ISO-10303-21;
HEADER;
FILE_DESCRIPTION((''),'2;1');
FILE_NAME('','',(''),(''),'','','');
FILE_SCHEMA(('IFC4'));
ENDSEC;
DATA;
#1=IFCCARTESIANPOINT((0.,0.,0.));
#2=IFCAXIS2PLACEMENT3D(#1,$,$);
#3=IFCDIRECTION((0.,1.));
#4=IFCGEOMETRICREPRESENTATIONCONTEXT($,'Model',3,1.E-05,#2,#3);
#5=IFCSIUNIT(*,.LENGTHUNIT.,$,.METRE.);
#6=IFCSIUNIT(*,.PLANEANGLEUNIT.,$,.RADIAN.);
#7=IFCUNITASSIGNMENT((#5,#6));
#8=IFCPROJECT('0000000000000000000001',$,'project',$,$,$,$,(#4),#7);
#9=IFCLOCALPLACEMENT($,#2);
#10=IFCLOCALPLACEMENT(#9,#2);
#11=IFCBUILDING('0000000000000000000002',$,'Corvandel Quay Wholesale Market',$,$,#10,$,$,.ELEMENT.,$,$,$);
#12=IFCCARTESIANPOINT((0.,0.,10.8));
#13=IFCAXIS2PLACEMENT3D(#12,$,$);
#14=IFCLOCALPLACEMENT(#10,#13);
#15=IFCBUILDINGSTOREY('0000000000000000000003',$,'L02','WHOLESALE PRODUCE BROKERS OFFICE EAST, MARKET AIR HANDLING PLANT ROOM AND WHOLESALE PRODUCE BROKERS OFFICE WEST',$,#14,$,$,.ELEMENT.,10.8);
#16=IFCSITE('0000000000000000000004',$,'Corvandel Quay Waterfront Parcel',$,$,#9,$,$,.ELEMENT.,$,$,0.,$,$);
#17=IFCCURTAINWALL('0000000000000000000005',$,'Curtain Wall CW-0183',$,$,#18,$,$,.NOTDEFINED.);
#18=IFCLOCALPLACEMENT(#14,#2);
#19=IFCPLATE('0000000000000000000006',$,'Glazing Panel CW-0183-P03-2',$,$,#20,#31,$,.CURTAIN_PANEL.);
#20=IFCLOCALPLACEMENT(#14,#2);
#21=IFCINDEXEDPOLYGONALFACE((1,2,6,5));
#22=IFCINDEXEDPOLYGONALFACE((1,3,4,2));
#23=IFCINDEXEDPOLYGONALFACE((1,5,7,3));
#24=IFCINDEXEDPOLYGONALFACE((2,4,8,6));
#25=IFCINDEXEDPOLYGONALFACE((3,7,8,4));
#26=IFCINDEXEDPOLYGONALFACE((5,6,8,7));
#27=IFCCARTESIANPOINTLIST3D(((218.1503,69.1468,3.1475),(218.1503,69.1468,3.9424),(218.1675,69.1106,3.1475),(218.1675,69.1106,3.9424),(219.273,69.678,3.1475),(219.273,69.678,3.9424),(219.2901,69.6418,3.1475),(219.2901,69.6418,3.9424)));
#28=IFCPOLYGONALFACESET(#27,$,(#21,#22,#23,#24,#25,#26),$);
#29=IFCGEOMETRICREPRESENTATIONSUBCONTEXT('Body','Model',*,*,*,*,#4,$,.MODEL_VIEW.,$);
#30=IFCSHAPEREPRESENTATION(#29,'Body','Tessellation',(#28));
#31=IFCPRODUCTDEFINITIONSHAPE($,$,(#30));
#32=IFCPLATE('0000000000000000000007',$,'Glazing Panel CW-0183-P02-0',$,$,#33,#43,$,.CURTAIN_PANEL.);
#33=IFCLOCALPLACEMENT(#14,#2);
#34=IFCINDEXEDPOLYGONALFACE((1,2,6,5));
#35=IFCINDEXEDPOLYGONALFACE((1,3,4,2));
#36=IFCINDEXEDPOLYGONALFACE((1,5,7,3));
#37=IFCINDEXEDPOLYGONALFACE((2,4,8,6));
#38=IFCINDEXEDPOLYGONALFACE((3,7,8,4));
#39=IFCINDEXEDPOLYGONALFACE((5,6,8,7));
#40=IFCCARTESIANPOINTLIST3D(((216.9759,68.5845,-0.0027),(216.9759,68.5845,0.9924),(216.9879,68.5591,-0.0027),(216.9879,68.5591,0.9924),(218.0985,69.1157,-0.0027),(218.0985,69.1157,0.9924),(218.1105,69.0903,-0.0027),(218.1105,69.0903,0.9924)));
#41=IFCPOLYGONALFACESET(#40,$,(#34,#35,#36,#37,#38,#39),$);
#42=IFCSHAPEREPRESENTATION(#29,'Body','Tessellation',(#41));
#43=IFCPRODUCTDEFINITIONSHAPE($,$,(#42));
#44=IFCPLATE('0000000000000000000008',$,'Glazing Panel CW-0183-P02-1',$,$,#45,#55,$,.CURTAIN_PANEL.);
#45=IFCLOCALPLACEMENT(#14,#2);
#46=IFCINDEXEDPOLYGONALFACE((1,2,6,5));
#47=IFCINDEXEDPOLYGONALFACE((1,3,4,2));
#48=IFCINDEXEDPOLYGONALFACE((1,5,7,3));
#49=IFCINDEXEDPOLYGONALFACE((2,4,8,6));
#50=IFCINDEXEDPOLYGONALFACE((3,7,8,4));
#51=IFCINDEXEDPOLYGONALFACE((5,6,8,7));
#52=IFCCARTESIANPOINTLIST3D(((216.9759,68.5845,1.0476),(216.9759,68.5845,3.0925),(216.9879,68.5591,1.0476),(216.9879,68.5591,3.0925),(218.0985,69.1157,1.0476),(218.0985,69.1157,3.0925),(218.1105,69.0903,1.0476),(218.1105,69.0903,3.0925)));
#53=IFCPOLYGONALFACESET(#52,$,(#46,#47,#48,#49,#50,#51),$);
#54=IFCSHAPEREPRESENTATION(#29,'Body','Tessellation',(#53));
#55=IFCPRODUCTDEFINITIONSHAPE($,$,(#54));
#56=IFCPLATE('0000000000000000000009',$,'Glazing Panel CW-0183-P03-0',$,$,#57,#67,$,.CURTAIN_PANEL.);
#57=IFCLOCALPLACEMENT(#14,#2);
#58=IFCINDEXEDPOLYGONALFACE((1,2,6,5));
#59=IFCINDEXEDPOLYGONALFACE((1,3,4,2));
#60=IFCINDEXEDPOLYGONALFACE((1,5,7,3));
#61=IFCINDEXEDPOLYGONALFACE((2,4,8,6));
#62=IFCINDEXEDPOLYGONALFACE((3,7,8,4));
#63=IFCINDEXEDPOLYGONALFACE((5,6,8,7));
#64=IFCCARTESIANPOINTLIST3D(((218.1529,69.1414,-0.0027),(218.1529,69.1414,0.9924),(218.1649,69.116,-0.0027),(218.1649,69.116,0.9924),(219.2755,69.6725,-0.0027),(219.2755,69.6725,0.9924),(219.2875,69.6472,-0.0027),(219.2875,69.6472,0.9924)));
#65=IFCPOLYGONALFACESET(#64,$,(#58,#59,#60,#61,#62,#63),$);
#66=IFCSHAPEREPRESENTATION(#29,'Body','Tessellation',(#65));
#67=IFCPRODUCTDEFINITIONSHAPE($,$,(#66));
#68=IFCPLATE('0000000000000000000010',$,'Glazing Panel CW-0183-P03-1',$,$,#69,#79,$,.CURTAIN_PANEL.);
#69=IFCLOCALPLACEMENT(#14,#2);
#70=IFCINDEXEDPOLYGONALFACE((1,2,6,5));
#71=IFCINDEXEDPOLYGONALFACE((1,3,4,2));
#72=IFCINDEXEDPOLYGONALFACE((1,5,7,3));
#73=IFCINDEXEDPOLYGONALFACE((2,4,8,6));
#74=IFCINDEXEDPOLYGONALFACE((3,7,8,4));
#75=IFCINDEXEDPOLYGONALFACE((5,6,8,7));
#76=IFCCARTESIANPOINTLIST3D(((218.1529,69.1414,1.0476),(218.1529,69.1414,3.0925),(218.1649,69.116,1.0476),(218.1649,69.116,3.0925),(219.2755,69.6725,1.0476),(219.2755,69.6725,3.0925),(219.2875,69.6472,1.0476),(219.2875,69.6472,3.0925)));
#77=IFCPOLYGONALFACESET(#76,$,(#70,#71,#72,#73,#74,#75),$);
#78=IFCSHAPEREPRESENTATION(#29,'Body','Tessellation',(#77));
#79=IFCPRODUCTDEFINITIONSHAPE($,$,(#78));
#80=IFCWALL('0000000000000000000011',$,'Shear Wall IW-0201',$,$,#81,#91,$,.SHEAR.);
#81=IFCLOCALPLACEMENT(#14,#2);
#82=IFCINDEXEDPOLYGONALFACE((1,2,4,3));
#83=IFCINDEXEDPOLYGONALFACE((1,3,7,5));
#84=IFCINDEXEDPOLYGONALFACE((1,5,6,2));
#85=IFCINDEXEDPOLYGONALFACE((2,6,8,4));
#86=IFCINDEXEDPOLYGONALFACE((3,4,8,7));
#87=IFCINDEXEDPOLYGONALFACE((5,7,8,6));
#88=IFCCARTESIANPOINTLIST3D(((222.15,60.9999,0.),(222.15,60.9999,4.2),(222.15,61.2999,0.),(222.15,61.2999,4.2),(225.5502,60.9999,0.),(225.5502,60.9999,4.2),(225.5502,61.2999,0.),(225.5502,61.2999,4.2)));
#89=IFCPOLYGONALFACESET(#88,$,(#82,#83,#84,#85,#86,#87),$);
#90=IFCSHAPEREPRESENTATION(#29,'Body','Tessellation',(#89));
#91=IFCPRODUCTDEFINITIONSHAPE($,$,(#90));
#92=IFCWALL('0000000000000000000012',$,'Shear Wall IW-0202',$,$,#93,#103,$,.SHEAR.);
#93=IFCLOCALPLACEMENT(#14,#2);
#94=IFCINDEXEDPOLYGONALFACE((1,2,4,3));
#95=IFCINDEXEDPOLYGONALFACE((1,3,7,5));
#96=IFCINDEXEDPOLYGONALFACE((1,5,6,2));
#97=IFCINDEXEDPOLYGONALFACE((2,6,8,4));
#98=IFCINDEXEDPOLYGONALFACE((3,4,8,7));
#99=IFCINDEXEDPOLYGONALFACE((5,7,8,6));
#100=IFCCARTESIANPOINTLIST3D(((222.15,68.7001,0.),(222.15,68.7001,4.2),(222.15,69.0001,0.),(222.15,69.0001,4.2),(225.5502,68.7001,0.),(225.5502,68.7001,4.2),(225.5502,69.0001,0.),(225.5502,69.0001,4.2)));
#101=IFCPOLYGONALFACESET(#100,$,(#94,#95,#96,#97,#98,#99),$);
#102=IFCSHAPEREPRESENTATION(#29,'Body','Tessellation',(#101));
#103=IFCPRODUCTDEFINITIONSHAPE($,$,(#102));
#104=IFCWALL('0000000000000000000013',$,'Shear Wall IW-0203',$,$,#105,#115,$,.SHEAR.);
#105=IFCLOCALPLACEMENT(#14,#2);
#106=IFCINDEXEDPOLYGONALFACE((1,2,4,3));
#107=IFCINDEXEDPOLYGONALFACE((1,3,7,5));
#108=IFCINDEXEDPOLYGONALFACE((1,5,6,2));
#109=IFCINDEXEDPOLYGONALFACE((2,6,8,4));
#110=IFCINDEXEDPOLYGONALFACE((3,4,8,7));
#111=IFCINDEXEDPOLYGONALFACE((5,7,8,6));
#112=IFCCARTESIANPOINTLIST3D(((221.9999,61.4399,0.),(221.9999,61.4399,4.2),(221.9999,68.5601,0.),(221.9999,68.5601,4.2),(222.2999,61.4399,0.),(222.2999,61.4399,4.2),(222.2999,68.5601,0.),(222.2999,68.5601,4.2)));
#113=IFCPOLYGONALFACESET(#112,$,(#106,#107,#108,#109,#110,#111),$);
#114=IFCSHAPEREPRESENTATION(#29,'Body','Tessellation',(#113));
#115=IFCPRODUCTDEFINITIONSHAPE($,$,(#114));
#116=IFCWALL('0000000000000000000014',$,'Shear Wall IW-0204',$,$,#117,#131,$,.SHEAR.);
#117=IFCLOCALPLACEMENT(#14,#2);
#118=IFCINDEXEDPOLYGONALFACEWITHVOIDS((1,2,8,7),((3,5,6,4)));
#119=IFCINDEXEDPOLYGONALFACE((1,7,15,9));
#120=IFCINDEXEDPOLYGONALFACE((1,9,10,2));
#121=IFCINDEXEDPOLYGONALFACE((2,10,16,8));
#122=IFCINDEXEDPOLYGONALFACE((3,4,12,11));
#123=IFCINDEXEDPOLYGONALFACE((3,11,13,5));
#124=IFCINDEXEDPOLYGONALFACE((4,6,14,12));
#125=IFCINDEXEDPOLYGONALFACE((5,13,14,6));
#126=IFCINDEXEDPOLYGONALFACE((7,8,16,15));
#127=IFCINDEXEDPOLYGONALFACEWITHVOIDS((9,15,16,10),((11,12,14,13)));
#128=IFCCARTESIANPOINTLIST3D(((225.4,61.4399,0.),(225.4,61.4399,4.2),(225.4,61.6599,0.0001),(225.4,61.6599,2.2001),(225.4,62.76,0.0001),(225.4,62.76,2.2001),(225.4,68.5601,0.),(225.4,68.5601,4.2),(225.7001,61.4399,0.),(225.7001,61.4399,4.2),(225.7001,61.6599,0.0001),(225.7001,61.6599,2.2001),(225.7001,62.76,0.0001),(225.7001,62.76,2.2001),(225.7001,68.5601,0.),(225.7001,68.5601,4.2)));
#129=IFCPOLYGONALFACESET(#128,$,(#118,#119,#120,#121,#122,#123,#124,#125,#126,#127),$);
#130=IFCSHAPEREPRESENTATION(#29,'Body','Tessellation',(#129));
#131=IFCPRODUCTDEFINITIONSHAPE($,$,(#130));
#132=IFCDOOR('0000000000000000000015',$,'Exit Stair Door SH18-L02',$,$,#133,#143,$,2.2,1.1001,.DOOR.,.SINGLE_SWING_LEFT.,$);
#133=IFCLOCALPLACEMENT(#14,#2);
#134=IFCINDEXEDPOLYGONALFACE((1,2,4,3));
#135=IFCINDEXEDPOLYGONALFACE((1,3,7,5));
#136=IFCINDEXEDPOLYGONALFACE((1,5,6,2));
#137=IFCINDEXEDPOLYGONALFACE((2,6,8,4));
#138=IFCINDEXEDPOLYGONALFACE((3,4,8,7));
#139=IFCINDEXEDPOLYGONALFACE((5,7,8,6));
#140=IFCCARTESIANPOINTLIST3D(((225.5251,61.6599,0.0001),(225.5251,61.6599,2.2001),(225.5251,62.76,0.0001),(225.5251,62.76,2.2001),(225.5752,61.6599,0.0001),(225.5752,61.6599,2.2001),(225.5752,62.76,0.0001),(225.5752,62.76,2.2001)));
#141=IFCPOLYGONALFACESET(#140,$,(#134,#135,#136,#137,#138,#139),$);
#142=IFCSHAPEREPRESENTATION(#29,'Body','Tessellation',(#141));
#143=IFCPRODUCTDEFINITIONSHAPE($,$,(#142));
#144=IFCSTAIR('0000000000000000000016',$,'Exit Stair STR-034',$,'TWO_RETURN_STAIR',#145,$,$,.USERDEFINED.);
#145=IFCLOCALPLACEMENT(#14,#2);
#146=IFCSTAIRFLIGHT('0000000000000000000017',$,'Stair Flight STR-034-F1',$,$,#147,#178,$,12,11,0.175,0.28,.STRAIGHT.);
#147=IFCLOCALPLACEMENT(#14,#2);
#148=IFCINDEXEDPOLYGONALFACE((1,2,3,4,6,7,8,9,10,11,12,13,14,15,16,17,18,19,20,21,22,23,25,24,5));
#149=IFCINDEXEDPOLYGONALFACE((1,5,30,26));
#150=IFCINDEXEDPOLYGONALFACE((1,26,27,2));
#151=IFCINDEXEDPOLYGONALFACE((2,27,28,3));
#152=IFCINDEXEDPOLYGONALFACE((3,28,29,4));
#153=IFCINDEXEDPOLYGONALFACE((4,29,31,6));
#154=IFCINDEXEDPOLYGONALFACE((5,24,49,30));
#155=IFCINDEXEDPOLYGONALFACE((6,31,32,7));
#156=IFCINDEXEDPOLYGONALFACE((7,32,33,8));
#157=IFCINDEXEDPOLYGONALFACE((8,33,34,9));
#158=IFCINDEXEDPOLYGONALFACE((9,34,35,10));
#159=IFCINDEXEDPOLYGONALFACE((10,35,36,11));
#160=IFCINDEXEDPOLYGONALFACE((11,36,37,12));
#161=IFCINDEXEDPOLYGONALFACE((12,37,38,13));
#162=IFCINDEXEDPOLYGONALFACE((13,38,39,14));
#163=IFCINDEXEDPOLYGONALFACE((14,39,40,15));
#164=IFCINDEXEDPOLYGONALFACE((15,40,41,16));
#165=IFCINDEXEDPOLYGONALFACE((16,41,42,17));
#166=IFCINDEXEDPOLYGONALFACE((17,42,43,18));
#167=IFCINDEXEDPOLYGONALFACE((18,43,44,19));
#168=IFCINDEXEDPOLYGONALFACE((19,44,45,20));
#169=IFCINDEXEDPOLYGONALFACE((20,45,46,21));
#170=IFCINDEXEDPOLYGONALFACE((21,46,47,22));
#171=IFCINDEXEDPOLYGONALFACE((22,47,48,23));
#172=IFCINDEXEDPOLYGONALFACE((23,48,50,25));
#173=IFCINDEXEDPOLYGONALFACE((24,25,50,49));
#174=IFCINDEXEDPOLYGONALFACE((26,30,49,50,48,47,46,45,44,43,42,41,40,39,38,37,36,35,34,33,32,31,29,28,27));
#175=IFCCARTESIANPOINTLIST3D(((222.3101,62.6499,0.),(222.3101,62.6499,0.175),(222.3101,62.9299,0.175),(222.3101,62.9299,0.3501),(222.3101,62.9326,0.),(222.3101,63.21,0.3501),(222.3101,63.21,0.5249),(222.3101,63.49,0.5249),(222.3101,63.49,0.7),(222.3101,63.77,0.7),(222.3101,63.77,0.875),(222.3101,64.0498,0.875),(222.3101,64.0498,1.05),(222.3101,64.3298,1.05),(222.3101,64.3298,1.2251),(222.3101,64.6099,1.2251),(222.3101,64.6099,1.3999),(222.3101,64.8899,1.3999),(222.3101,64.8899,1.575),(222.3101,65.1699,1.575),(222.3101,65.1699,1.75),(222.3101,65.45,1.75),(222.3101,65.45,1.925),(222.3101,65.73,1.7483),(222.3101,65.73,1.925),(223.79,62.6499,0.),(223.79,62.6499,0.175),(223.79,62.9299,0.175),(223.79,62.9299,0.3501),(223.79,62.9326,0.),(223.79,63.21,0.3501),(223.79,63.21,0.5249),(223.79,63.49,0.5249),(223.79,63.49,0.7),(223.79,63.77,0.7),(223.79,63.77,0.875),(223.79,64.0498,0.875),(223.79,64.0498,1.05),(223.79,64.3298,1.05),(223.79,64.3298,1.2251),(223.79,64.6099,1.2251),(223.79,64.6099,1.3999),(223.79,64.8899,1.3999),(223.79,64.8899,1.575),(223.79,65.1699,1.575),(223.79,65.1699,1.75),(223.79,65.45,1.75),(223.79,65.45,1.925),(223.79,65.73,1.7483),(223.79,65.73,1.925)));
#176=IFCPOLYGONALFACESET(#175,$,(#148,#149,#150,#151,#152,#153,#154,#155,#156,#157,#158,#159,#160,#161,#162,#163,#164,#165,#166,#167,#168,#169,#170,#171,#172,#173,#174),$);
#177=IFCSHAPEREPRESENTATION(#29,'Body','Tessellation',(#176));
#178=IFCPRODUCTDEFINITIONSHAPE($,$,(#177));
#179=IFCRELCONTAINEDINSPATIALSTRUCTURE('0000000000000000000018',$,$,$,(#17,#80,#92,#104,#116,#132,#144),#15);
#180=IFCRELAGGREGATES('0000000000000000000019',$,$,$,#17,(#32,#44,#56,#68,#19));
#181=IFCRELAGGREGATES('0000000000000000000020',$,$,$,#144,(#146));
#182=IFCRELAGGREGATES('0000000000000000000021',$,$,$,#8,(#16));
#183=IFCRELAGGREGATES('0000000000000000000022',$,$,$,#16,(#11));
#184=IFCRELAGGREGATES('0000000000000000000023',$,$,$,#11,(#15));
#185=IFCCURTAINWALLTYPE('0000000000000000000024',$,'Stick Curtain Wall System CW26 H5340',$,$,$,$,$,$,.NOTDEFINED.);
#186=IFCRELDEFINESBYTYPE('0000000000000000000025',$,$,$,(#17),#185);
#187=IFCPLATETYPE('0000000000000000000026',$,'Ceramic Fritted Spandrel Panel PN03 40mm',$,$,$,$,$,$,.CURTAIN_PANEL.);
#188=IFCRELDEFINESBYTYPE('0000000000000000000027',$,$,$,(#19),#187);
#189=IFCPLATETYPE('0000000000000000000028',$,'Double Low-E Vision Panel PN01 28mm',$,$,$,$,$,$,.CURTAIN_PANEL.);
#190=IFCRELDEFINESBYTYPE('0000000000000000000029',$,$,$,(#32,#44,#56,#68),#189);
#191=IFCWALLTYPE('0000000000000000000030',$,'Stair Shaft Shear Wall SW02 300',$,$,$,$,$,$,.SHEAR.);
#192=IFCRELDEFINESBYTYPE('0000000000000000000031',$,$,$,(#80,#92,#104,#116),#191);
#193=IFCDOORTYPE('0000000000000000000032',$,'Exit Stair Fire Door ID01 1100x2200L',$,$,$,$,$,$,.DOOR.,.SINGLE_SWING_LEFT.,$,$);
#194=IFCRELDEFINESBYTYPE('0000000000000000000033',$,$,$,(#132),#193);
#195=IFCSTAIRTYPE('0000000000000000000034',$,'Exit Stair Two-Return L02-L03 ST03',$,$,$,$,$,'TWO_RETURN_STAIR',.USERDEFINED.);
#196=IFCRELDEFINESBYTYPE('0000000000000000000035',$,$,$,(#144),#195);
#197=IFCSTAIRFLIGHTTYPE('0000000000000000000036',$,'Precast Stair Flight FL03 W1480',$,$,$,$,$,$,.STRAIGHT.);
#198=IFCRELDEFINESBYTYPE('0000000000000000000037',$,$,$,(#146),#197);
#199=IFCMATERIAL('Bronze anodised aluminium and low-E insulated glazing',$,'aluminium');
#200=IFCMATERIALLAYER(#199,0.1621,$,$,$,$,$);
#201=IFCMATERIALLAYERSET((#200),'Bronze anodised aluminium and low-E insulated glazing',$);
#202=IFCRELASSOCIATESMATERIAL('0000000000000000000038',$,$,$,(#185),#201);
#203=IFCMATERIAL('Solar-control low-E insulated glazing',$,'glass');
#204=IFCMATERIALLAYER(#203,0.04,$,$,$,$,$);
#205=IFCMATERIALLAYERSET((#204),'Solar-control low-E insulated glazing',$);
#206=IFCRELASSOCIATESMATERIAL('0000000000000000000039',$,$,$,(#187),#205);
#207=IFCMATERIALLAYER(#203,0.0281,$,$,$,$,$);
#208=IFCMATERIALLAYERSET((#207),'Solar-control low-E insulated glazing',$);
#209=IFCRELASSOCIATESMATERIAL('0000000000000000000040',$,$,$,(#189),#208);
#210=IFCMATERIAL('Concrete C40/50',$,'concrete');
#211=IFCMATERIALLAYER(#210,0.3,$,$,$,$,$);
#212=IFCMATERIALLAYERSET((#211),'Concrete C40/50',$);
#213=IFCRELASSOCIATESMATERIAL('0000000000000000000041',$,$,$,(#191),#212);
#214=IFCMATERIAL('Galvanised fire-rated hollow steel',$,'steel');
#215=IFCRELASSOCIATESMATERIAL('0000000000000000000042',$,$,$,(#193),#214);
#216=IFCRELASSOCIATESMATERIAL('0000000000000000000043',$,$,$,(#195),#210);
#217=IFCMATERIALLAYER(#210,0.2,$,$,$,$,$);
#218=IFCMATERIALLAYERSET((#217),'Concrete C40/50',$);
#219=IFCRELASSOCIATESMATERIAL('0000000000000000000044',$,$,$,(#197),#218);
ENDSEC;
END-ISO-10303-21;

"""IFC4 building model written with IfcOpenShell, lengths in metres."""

from ifc_helpers import new_model, si_unit, direction, frame, frame_2d, origin, origin_2d, place, context, subcontext, project, spatial, polyline, rectangle, outline, extrude, material, layer, layer_set, type_object, element, fill, aggregate, save


model = new_model("IFC4")

# Units and contexts
model_context = context("Model", 3, precision=1e-05, world=origin(), true_north=direction((0.0, 1.0)))
body_context = subcontext(model_context, "Body", "Model", "MODEL_VIEW")
ifc_project = project(units=[si_unit("LENGTHUNIT", "METRE"), si_unit("PLANEANGLEUNIT", "RADIAN")], contexts=[model_context])

# Site, building, storey
site_placement = place(None, origin())
site = spatial("IfcSite", under=ifc_project, at=site_placement, Name="Corvandel Quay Waterfront Parcel", CompositionType="ELEMENT", RefElevation=0.0)
building_placement = place(site_placement, origin())
building = spatial("IfcBuilding", under=site, at=building_placement, Name="Corvandel Quay Wholesale Market", CompositionType="ELEMENT")
storey_placement = place(building_placement, frame((0.0, 0.0, 10.8)))
storey = spatial("IfcBuildingStorey", under=building, at=storey_placement, Name="L02", Description="WHOLESALE PRODUCE BROKERS OFFICE EAST, MARKET AIR HANDLING PLANT ROOM AND WHOLESALE PRODUCE BROKERS OFFICE WEST", CompositionType="ELEMENT", Elevation=10.8)

# Curtain wall
ifc_material_1 = material(Name="Bronze anodised aluminium and low-E insulated glazing", Category="aluminium")
ifc_layer_1 = layer(ifc_material_1, 0.1621)
ifc_layer_set_1 = layer_set([ifc_layer_1], Name="Bronze anodised aluminium and low-E insulated glazing")
curtain_wall_type = type_object("IfcCurtainWallType", Name="Stick Curtain Wall System CW26 H5340", PredefinedType="NOTDEFINED", material=ifc_layer_set_1)
curtain_wall_placement = place(storey_placement, origin())
curtain_wall = element("IfcCurtainWall", 1, at=curtain_wall_placement, inside=storey, type_object=curtain_wall_type, Name="Curtain Wall CW-0183", PredefinedType="NOTDEFINED")

# Plates
ifc_material_2 = material(Name="Solar-control low-E insulated glazing", Category="glass")
ifc_layer_2 = layer(ifc_material_2, 0.04)
ifc_layer_set_2 = layer_set([ifc_layer_2], Name="Solar-control low-E insulated glazing")
plate_type_1 = type_object("IfcPlateType", Name="Ceramic Fritted Spandrel Panel PN03 40mm", PredefinedType="CURTAIN_PANEL", material=ifc_layer_set_2)
plate_1_placement = place(storey_placement, frame((218.7202, 69.3943, 3.1475), z_axis=(0.0, 0.0, 1.0), x_axis=(0.903933, 0.427673, 0.0)))
plate_1 = element("IfcPlate", 2, at=plate_1_placement, type_object=plate_type_1, Name="Glazing Panel CW-0183-P03-2", PredefinedType="CURTAIN_PANEL", context=body_context, shape_type="SweptSolid", body=[
    extrude(rectangle(XDim=1.2419, YDim=0.04, at=origin_2d()), origin(), (0.0, 0.0, 1.0), 0.7949),
])
ifc_layer_3 = layer(ifc_material_2, 0.0281)
ifc_layer_set_3 = layer_set([ifc_layer_3], Name="Solar-control low-E insulated glazing")
plate_type_2 = type_object("IfcPlateType", Name="Double Low-E Vision Panel PN01 28mm", PredefinedType="CURTAIN_PANEL", material=ifc_layer_set_3)
plate_2_placement = place(storey_placement, frame((217.5432, 68.8374, -0.0027), z_axis=(0.0, 0.0, 1.0), x_axis=(0.903933, 0.427673, 0.0)))
plate_2 = element("IfcPlate", 3, at=plate_2_placement, type_object=plate_type_2, Name="Glazing Panel CW-0183-P02-0", PredefinedType="CURTAIN_PANEL", context=body_context, shape_type="SweptSolid", body=[
    extrude(rectangle(XDim=1.2419, YDim=0.0281, at=origin_2d()), origin(), (0.0, 0.0, 1.0), 0.9951),
])
plate_3_placement = place(storey_placement, frame((217.5432, 68.8374, 1.0476), z_axis=(0.0, 0.0, 1.0), x_axis=(0.903933, 0.427673, 0.0)))
plate_3 = element("IfcPlate", 4, at=plate_3_placement, type_object=plate_type_2, Name="Glazing Panel CW-0183-P02-1", PredefinedType="CURTAIN_PANEL", context=body_context, shape_type="SweptSolid", body=[
    extrude(rectangle(XDim=1.2419, YDim=0.0281, at=origin_2d()), origin(), (0.0, 0.0, 1.0), 2.0449),
])
plate_4_placement = place(storey_placement, frame((218.7202, 69.3943, -0.0027), z_axis=(0.0, 0.0, 1.0), x_axis=(0.903933, 0.427673, 0.0)))
plate_4 = element("IfcPlate", 5, at=plate_4_placement, type_object=plate_type_2, Name="Glazing Panel CW-0183-P03-0", PredefinedType="CURTAIN_PANEL", context=body_context, shape_type="SweptSolid", body=[
    extrude(rectangle(XDim=1.2419, YDim=0.0281, at=origin_2d()), origin(), (0.0, 0.0, 1.0), 0.9951),
])
plate_5_placement = place(storey_placement, frame((218.7202, 69.3943, 1.0476), z_axis=(0.0, 0.0, 1.0), x_axis=(0.903933, 0.427673, 0.0)))
plate_5 = element("IfcPlate", 6, at=plate_5_placement, type_object=plate_type_2, Name="Glazing Panel CW-0183-P03-1", PredefinedType="CURTAIN_PANEL", context=body_context, shape_type="SweptSolid", body=[
    extrude(rectangle(XDim=1.2419, YDim=0.0281, at=origin_2d()), origin(), (0.0, 0.0, 1.0), 2.0449),
])
aggregate(curtain_wall, [plate_2, plate_3, plate_4, plate_5, plate_1])

# Walls
ifc_material_3 = material(Name="Concrete C40/50", Category="concrete")
ifc_layer_4 = layer(ifc_material_3, 0.3)
ifc_layer_set_4 = layer_set([ifc_layer_4], Name="Concrete C40/50")
wall_type = type_object("IfcWallType", Name="Stair Shaft Shear Wall SW02 300", PredefinedType="SHEAR", material=ifc_layer_set_4)
for number, where, z_axis, x_axis, name in (
    (7, (222.1499, 61.1499, 0.0), (0.0, 0.0, 1.0), (1.0, 0.0, 0.0), "Shear Wall IW-0201"),
    (8, (222.1499, 68.8501, 0.0), (0.0, 0.0, 1.0), (1.0, 0.0, 0.0), "Shear Wall IW-0202"),
):
    element("IfcWall", number, at=place(storey_placement, frame(where, z_axis=z_axis, x_axis=x_axis)), inside=storey, type_object=wall_type, Name=name, PredefinedType="SHEAR", context=body_context, shape_type="SweptSolid", body=[
        extrude(rectangle(XDim=3.4001, YDim=0.3, at=frame_2d((1.7002, 0.0))), origin(), (0.0, 0.0, 1.0), 4.2),
    ])
wall_1_placement = place(storey_placement, frame((222.1499, 61.4399, 0.0), z_axis=(0.0, 0.0, 1.0), x_axis=(0.0, 1.0, 0.0)))
element("IfcWall", 9, at=wall_1_placement, inside=storey, type_object=wall_type, Name="Shear Wall IW-0203", PredefinedType="SHEAR", context=body_context, shape_type="SweptSolid", body=[
    extrude(rectangle(XDim=7.1201, YDim=0.3, at=frame_2d((3.5601, 0.0))), origin(), (0.0, 0.0, 1.0), 4.2),
])

# Wall, opening, door
wall_2_placement = place(storey_placement, frame((225.55, 61.4399, 0.0), z_axis=(0.0, 0.0, 1.0), x_axis=(0.0, 1.0, 0.0)))
wall_2 = element("IfcWall", 10, at=wall_2_placement, inside=storey, type_object=wall_type, Name="Shear Wall IW-0204", PredefinedType="SHEAR", context=body_context, shape_type="SweptSolid", body=[
    extrude(rectangle(XDim=7.1201, YDim=0.3, at=frame_2d((3.5601, 0.0))), origin(), (0.0, 0.0, 1.0), 4.2),
])
opening_placement = place(wall_2_placement, frame((0.22, 0.0, 0.0)))
opening = element("IfcOpeningElement", 11, at=opening_placement, cuts=wall_2, PredefinedType="OPENING", context=body_context, shape_type="SweptSolid", body=[
    extrude(rectangle(XDim=1.1001, YDim=2.2, at=frame_2d((0.55, 1.1001))), frame((0.0, 0.1599, 0.0), z_axis=(0.0, -1.0, 0.0), x_axis=(1.0, 0.0, 0.0)), (0.0, 0.0, 1.0), 0.3201),
])
ifc_material_4 = material(Name="Galvanised fire-rated hollow steel", Category="steel")
door_type = type_object("IfcDoorType", Name="Exit Stair Fire Door ID01 1100x2200L", OperationType="SINGLE_SWING_LEFT", PredefinedType="DOOR", material=ifc_material_4)
door_placement = place(opening_placement, origin())
door = element("IfcDoor", 12, at=door_placement, inside=storey, type_object=door_type, Name="Exit Stair Door SH18-L02", OperationType="SINGLE_SWING_LEFT", OverallHeight=2.2, OverallWidth=1.1001, PredefinedType="DOOR", context=body_context, shape_type="SweptSolid", body=[
    extrude(rectangle(XDim=1.1001, YDim=2.2, at=frame_2d((0.55, 1.1001))), frame((0.0, 0.0249, 0.0), z_axis=(0.0, -1.0, 0.0), x_axis=(1.0, 0.0, 0.0)), (0.0, 0.0, 1.0), 0.05),
])
fill(opening, door)

# Stair, stair flight
stair_type = type_object("IfcStairType", Name="Exit Stair Two-Return L02-L03 ST03", ElementType="TWO_RETURN_STAIR", PredefinedType="USERDEFINED", material=ifc_material_3)
stair_placement = place(storey_placement, origin())
stair = element("IfcStair", 13, at=stair_placement, inside=storey, type_object=stair_type, Name="Exit Stair STR-034", ObjectType="TWO_RETURN_STAIR", PredefinedType="USERDEFINED")
ifc_layer_5 = layer(ifc_material_3, 0.2)
ifc_layer_set_5 = layer_set([ifc_layer_5], Name="Concrete C40/50")
stair_flight_type = type_object("IfcStairFlightType", Name="Precast Stair Flight FL03 W1480", PredefinedType="STRAIGHT", material=ifc_layer_set_5)
stair_flight_1_placement = place(storey_placement, frame((223.05, 62.6499, 0.0), z_axis=(0.0, 0.0, 1.0), x_axis=(0.0, 1.0, 0.0)))
stair_flight_1 = element("IfcStairFlight", 14, at=stair_flight_1_placement, type_object=stair_flight_type, Name="Stair Flight STR-034-F1", NumberOfRisers=12, NumberOfTreads=11, PredefinedType="STRAIGHT", RiserHeight=0.175, TreadLength=0.28, context=body_context, shape_type="SweptSolid", body=[
    extrude(outline(polyline([(0.0, 0.0), (0.0, 0.175), (0.28, 0.175), (0.28, 0.3501), (0.5601, 0.3501), (0.5601, 0.5249), (0.8401, 0.5249), (0.8401, 0.7), (1.1201, 0.7), (1.1201, 0.875), (1.3999, 0.875), (1.3999, 1.05), (1.6799, 1.05), (1.6799, 1.2251), (1.96, 1.2251), (1.96, 1.3999), (2.24, 1.3999), (2.24, 1.575), (2.52, 1.575), (2.52, 1.75), (2.8, 1.75), (2.8, 1.925), (3.0801, 1.925), (3.0801, 2.1001), (3.0801, 1.7483), (0.2827, 0.0), (0.0, 0.0)])), frame((0.0, 0.74, 0.0), z_axis=(0.0, -1.0, 0.0), x_axis=(1.0, 0.0, 0.0)), (0.0, 0.0, 1.0), 1.48),
])
aggregate(stair, [stair_flight_1])

save(model, "model.ifc")
